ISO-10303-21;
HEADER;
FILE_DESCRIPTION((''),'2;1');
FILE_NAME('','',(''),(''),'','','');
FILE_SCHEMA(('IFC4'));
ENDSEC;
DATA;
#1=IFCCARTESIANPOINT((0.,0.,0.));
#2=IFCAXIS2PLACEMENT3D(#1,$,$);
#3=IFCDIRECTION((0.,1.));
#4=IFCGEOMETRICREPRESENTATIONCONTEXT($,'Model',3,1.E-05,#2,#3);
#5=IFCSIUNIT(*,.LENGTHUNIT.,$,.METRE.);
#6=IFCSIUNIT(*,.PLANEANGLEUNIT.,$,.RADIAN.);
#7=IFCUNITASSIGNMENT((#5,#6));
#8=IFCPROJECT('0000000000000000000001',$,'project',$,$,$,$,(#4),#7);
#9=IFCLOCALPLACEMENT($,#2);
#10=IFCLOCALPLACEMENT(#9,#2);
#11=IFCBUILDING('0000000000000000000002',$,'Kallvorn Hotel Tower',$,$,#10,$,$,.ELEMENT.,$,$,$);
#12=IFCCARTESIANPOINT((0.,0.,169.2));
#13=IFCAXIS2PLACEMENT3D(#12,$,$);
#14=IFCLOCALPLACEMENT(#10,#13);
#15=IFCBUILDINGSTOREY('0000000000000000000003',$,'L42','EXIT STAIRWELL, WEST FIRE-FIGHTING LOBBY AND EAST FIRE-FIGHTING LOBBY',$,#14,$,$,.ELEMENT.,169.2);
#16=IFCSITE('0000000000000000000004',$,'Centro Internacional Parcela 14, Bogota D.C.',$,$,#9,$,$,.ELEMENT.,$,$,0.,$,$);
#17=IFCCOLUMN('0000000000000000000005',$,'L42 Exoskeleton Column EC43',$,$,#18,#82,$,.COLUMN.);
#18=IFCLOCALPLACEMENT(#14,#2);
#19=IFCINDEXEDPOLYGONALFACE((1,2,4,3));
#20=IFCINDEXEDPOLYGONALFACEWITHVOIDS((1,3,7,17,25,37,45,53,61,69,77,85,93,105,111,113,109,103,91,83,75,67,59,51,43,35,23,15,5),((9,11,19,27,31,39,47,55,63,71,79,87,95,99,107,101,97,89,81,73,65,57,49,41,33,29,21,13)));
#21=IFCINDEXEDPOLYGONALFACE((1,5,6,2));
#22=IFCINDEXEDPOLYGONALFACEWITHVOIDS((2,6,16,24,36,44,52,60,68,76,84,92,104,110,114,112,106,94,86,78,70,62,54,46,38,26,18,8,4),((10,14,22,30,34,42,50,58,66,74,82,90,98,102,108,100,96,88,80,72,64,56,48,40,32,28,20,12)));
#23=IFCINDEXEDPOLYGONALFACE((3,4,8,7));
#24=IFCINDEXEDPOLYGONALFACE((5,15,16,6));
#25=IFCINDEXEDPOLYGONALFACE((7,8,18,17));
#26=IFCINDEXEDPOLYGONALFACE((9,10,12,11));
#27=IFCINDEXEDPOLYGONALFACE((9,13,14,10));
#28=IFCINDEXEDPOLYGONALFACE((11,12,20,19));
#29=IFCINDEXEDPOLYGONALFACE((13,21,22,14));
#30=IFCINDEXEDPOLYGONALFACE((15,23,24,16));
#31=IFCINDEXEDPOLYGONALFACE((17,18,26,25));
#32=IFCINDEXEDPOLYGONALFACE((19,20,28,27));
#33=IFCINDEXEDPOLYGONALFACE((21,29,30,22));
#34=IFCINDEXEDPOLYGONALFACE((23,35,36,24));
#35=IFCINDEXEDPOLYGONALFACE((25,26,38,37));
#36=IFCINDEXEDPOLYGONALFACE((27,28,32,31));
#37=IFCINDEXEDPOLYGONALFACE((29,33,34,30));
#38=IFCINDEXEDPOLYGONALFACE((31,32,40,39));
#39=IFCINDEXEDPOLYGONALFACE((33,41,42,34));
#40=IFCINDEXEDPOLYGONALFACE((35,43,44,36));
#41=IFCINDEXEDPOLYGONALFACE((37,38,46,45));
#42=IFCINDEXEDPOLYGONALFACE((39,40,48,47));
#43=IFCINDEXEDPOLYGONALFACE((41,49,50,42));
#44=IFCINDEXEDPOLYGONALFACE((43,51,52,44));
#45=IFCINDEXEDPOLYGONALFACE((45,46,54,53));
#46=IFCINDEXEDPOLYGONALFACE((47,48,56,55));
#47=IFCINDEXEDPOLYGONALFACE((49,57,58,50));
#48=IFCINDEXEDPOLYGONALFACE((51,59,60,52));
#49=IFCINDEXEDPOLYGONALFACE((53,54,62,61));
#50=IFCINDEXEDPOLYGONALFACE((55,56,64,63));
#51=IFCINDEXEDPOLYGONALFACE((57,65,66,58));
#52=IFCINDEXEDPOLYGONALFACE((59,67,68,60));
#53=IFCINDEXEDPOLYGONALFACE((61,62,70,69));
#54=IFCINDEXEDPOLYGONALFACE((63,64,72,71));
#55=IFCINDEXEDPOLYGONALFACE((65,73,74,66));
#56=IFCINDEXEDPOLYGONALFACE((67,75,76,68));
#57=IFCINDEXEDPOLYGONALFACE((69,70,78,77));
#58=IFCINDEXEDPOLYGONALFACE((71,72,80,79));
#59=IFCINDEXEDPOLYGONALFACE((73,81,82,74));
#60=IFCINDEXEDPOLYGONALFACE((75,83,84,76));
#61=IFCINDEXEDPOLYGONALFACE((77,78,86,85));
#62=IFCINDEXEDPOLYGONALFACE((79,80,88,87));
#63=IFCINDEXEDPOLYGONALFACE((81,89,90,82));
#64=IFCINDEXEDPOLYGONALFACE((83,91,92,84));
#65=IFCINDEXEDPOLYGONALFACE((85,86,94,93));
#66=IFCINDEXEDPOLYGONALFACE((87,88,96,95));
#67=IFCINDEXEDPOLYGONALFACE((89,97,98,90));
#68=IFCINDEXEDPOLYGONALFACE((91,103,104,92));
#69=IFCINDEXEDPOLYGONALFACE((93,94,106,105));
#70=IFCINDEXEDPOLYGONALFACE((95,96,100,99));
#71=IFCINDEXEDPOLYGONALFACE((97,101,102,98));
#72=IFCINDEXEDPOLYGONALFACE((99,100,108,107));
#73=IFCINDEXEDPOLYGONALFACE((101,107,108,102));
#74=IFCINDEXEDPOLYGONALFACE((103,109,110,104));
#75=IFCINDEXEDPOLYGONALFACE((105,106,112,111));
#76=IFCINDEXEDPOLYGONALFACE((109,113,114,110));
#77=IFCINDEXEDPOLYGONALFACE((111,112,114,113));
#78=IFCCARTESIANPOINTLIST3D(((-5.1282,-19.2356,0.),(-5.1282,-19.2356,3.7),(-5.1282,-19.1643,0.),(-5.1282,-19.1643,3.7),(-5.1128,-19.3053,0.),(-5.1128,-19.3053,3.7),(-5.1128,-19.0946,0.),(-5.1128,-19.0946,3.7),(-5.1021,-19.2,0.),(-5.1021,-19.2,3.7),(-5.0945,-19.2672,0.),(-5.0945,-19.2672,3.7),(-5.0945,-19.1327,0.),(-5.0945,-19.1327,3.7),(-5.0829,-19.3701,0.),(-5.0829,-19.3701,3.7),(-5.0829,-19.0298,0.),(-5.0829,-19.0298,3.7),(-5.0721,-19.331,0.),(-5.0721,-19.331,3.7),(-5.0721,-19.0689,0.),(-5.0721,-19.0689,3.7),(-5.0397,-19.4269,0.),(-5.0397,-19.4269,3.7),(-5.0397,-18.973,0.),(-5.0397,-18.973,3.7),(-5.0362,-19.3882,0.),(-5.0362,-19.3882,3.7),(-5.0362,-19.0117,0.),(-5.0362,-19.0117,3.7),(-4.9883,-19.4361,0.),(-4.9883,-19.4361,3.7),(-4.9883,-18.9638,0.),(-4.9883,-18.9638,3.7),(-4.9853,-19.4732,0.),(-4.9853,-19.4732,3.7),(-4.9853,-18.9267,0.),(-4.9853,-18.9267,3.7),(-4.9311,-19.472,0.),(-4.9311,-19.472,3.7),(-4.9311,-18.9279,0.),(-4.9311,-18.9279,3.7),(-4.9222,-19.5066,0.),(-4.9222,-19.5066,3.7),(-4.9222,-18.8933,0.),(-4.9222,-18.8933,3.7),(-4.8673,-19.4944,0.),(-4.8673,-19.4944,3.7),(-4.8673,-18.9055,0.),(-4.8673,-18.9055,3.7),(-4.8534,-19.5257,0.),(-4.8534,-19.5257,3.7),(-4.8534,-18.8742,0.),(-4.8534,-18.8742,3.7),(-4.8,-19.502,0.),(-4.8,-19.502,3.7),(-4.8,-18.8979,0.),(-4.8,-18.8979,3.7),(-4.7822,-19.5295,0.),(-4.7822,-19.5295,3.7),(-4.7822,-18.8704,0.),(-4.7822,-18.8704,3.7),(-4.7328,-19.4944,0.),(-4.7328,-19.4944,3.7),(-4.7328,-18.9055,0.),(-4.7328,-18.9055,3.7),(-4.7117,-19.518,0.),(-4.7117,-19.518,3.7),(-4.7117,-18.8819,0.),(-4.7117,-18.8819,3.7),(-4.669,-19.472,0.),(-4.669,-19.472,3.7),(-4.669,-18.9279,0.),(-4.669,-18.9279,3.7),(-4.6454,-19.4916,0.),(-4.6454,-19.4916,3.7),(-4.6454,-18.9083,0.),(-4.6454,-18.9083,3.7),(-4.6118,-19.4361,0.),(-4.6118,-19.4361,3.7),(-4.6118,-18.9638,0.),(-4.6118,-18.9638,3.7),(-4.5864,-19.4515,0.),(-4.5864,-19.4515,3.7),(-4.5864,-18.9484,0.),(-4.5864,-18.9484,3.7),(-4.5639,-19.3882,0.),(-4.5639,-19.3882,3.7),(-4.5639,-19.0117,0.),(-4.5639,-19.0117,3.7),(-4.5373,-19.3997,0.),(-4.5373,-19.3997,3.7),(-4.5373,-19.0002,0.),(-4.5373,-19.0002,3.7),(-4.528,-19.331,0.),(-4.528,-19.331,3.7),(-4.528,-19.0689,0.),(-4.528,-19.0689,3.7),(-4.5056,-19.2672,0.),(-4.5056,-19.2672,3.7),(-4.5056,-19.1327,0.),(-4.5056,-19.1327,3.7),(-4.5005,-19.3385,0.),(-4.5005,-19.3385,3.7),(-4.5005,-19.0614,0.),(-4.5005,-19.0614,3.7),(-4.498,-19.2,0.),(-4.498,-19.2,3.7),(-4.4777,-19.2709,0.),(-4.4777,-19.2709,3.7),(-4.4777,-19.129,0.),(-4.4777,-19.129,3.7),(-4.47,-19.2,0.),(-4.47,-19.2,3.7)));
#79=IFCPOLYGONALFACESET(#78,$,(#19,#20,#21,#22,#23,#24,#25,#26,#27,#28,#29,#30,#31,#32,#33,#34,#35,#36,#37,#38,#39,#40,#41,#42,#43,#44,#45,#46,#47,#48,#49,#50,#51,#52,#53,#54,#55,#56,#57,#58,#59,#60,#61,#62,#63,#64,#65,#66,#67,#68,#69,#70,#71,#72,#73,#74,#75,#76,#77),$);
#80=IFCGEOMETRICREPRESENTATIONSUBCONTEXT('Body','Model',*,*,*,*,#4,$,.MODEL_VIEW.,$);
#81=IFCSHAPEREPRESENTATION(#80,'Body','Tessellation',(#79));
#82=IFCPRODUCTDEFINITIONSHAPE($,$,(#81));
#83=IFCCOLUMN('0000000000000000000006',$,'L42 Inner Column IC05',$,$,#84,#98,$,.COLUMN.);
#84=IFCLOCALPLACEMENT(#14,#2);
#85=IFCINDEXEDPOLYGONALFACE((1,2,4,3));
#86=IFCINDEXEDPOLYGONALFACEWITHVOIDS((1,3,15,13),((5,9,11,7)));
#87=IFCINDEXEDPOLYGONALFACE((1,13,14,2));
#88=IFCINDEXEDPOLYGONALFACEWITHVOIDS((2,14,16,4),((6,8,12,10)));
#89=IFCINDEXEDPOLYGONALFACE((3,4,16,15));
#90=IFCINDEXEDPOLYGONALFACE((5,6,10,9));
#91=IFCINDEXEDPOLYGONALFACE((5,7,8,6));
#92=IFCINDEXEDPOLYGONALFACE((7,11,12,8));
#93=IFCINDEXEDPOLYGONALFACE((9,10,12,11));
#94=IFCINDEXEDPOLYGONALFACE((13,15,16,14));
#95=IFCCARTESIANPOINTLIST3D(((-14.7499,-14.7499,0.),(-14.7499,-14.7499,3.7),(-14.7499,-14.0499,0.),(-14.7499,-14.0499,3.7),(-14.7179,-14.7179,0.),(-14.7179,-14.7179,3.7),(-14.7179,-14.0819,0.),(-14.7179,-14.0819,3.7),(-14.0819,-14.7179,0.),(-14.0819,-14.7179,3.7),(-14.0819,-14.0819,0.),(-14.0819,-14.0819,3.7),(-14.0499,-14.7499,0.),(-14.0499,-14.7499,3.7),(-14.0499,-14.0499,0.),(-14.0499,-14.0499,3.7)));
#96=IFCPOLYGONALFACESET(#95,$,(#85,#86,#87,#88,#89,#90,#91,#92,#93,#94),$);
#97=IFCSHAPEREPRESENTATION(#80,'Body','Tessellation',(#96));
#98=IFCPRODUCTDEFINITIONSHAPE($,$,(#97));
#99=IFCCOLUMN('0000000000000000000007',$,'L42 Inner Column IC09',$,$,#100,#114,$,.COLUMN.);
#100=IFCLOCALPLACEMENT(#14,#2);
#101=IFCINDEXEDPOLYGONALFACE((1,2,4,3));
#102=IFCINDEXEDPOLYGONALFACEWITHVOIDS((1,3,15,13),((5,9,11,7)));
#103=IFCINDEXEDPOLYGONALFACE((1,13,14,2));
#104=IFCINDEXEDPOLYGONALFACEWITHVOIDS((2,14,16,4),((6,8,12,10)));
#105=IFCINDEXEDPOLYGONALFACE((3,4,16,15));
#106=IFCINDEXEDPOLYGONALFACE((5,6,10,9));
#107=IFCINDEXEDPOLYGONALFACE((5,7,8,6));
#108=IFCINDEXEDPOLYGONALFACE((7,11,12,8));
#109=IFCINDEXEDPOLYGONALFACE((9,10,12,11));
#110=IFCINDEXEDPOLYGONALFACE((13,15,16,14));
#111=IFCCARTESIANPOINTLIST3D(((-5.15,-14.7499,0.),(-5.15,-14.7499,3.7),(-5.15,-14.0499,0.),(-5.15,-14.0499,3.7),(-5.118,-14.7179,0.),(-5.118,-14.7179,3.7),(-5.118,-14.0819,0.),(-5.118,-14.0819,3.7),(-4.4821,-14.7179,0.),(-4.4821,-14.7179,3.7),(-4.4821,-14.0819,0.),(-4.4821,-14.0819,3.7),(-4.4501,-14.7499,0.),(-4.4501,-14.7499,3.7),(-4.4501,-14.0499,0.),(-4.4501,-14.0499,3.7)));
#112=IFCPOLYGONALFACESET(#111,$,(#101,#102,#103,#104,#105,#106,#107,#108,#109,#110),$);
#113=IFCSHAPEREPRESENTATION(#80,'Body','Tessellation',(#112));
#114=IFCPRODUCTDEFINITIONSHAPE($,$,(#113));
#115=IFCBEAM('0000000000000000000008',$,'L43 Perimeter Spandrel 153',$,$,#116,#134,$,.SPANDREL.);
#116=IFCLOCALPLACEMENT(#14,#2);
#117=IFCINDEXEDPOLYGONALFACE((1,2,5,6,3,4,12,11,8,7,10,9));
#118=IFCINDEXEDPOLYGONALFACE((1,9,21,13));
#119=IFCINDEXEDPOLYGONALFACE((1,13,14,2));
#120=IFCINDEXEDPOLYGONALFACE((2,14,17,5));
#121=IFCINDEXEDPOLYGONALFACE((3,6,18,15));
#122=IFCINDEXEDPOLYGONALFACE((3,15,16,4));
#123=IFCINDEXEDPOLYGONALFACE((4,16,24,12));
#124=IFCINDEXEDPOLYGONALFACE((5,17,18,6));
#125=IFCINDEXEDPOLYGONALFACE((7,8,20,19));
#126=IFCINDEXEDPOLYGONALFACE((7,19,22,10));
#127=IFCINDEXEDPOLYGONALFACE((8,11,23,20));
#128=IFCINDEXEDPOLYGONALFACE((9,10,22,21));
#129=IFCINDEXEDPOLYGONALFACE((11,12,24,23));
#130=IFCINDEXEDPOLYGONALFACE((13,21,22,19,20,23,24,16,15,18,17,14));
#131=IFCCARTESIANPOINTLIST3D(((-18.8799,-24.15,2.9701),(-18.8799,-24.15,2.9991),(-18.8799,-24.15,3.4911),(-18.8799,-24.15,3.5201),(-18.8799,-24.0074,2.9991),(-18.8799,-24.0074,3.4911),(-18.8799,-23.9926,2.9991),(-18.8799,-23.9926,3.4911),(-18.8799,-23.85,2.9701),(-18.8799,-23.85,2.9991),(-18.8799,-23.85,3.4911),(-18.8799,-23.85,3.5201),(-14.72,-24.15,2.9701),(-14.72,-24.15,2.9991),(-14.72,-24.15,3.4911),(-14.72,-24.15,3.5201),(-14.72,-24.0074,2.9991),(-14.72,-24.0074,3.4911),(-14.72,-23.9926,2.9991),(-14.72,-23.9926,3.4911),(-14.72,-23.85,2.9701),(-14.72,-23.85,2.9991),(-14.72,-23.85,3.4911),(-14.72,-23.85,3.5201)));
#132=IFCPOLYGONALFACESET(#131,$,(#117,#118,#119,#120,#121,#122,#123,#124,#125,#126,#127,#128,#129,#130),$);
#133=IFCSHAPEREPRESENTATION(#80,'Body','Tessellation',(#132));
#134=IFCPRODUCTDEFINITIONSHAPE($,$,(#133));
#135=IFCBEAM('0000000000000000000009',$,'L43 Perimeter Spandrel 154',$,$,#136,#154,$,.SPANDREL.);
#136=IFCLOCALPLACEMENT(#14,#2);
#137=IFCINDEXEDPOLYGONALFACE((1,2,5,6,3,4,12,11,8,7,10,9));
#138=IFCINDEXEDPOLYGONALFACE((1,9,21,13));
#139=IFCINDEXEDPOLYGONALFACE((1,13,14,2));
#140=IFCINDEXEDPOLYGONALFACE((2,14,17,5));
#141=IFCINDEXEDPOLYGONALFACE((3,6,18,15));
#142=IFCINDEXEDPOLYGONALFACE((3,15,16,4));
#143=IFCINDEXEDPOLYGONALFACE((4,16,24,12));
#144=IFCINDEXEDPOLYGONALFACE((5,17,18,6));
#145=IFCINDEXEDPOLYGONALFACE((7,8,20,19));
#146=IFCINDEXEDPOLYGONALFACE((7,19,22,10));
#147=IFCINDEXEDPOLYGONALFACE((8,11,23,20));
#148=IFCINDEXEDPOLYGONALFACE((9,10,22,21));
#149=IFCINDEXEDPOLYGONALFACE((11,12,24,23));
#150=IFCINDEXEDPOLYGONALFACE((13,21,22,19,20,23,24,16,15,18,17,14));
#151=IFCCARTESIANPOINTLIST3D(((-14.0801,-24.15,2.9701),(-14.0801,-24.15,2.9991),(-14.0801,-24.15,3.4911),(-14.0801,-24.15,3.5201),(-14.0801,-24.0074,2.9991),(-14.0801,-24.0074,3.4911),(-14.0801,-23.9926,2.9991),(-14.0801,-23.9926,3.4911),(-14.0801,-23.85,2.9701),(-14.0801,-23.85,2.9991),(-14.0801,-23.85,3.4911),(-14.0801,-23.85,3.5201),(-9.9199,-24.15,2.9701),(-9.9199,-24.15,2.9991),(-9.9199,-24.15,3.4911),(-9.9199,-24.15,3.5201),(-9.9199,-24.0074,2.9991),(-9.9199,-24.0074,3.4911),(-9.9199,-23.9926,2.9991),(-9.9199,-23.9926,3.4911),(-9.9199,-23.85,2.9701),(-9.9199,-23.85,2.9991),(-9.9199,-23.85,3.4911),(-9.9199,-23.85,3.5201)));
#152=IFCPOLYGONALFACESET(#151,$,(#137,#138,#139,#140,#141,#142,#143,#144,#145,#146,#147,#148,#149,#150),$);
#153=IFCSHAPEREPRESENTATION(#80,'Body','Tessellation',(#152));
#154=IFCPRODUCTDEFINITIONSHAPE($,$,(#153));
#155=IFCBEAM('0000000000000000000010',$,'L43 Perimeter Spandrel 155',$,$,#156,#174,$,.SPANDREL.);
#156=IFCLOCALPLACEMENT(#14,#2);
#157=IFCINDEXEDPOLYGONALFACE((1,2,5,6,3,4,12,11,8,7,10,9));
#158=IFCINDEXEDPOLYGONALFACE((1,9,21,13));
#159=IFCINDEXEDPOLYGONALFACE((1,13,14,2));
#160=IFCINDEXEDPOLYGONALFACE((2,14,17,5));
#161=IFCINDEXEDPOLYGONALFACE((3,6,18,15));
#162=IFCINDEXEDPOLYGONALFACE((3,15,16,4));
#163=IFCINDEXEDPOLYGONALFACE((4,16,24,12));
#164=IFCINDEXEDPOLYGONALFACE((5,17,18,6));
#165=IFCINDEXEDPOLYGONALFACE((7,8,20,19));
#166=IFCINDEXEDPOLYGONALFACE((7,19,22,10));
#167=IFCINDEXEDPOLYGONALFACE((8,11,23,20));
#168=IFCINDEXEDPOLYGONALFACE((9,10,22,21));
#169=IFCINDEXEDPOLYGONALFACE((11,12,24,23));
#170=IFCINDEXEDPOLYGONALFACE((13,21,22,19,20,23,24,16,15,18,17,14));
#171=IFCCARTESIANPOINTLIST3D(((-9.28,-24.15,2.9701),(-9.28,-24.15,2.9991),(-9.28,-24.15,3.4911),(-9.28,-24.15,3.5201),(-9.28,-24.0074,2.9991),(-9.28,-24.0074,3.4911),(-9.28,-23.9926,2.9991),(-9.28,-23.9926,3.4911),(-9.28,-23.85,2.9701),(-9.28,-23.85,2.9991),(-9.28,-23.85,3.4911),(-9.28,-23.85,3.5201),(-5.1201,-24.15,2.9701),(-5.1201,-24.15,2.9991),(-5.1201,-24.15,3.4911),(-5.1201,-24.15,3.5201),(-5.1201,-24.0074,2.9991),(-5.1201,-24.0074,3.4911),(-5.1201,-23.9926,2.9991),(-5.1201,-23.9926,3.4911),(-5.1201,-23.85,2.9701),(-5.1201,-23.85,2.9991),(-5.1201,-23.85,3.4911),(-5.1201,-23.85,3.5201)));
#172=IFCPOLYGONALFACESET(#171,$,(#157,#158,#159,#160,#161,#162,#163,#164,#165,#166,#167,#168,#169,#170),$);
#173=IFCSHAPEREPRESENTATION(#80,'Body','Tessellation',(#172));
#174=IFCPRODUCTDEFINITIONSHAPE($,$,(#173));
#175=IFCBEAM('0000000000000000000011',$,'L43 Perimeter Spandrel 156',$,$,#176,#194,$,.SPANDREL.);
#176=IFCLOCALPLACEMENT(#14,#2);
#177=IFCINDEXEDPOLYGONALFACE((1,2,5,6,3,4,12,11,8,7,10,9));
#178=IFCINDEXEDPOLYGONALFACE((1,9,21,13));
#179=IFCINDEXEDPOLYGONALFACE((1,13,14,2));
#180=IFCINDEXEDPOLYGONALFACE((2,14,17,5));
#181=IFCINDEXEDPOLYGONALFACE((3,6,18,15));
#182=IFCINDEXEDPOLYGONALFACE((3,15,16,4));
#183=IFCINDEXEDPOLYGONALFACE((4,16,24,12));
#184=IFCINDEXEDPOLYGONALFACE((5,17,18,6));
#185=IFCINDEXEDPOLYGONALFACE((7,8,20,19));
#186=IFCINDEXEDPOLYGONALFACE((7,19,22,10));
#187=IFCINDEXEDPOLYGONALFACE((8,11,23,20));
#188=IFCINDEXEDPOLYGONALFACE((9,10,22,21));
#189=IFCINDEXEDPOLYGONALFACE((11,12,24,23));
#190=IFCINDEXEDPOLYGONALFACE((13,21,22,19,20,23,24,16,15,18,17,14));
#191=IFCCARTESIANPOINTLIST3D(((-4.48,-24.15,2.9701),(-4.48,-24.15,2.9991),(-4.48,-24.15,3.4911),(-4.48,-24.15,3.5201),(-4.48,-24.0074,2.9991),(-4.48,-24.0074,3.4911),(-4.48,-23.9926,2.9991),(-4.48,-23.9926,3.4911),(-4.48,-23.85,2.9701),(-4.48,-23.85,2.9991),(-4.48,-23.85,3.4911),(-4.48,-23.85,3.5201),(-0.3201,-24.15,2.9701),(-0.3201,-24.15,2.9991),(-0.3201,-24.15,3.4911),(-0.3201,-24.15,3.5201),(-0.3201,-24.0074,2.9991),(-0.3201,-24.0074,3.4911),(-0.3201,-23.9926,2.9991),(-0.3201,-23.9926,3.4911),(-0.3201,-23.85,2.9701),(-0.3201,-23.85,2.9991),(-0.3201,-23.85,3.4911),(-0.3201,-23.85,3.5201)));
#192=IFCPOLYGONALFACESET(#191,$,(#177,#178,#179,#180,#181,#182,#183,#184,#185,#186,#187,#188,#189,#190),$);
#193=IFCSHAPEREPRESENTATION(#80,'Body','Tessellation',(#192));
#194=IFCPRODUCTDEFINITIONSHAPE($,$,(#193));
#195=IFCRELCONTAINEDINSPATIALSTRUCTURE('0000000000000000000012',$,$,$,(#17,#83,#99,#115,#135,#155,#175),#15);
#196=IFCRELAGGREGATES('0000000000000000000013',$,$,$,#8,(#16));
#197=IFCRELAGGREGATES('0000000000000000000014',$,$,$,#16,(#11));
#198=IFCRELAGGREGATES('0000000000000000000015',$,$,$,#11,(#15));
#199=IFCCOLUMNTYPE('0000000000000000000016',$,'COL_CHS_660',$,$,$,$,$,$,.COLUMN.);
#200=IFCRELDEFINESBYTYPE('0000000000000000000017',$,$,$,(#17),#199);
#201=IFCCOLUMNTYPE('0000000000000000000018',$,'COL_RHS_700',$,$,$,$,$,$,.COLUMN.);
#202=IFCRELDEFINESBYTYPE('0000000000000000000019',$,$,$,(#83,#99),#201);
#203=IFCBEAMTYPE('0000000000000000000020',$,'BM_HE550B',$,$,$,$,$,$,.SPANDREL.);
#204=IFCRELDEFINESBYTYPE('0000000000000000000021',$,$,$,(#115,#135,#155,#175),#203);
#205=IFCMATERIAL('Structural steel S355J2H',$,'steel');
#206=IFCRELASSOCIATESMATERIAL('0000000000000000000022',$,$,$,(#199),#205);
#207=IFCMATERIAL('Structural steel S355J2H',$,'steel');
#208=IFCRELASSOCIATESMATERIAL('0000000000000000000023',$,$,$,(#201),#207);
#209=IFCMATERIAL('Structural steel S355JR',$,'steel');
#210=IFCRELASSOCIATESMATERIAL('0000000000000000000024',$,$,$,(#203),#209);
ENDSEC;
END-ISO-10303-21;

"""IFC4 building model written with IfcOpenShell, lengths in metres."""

from ifc_helpers import new_model, si_unit, direction, frame, origin, origin_2d, place, context, subcontext, project, spatial, hollow_rectangle, hollow_circle, i_section, extrude, material, material_profile, profile_set, type_object, element, save


model = new_model("IFC4")

# Units and contexts
model_context = context("Model", 3, precision=1e-05, world=origin(), true_north=direction((0.0, 1.0)))
body_context = subcontext(model_context, "Body", "Model", "MODEL_VIEW")
ifc_project = project(units=[si_unit("LENGTHUNIT", "METRE"), si_unit("PLANEANGLEUNIT", "RADIAN")], contexts=[model_context])

# Site, building, storey
site_placement = place(None, origin())
site = spatial("IfcSite", under=ifc_project, at=site_placement, Name="Centro Internacional Parcela 14, Bogota D.C.", CompositionType="ELEMENT", RefElevation=0.0)
building_placement = place(site_placement, origin())
building = spatial("IfcBuilding", under=site, at=building_placement, Name="Kallvorn Hotel Tower", CompositionType="ELEMENT")
storey_placement = place(building_placement, frame((0.0, 0.0, 169.2)))
storey = spatial("IfcBuildingStorey", under=building, at=storey_placement, Name="L42", Description="EXIT STAIRWELL, WEST FIRE-FIGHTING LOBBY AND EAST FIRE-FIGHTING LOBBY", CompositionType="ELEMENT", Elevation=169.2)

# Columns
ifc_material_1 = material(Name="Structural steel S355J2H", Category="steel")
ifc_material_profile_1 = material_profile(ifc_material_1, hollow_circle(Radius=0.3301, WallThickness=0.0281, at=origin_2d()), Name="CHS 660x28")
ifc_profile_set_1 = profile_set([ifc_material_profile_1], Name="Structural steel S355J2H")
column_type_1 = type_object("IfcColumnType", Name="COL_CHS_660", PredefinedType="COLUMN", material=ifc_profile_set_1)
for number, where, z_axis, x_axis, name in (
    (1, (-4.8, -19.2, 0.0), (0.0, 0.0, 1.0), (1.0, 0.0, 0.0), "L42 Exoskeleton Column EC43"),
):
    element("IfcColumn", number, at=place(storey_placement, frame(where, z_axis=z_axis, x_axis=x_axis)), inside=storey, type_object=column_type_1, Name=name, PredefinedType="COLUMN", context=body_context, shape_type="SweptSolid", body=[
        extrude(hollow_circle(Radius=0.3301, WallThickness=0.0281, at=origin_2d()), origin(), (0.0, 0.0, 1.0), 3.7),
    ])
ifc_material_2 = material(Name="Structural steel S355J2H", Category="steel")
ifc_material_profile_2 = material_profile(ifc_material_2, hollow_rectangle(XDim=0.7, YDim=0.7, WallThickness=0.032, at=origin_2d()), Name="RHS 700x700x32")
ifc_profile_set_2 = profile_set([ifc_material_profile_2], Name="Structural steel S355J2H")
column_type_2 = type_object("IfcColumnType", Name="COL_RHS_700", PredefinedType="COLUMN", material=ifc_profile_set_2)
for number, where, z_axis, x_axis, name in (
    (2, (-14.3999, -14.3999, 0.0), (0.0, 0.0, 1.0), (1.0, 0.0, 0.0), "L42 Inner Column IC05"),
    (3, (-4.8, -14.3999, 0.0), (0.0, 0.0, 1.0), (1.0, 0.0, 0.0), "L42 Inner Column IC09"),
):
    element("IfcColumn", number, at=place(storey_placement, frame(where, z_axis=z_axis, x_axis=x_axis)), inside=storey, type_object=column_type_2, Name=name, PredefinedType="COLUMN", context=body_context, shape_type="SweptSolid", body=[
        extrude(hollow_rectangle(XDim=0.7, YDim=0.7, WallThickness=0.032, at=origin_2d()), origin(), (0.0, 0.0, 1.0), 3.7),
    ])

# Beams
ifc_material_3 = material(Name="Structural steel S355JR", Category="steel")
ifc_material_profile_3 = material_profile(ifc_material_3, i_section(OverallWidth=0.3, OverallDepth=0.55, WebThickness=0.0149, FlangeThickness=0.0291, at=origin_2d()), Name="HE 550 B")
ifc_profile_set_3 = profile_set([ifc_material_profile_3], Name="Structural steel S355JR")
beam_type_1 = type_object("IfcBeamType", Name="BM_HE550B", PredefinedType="SPANDREL", material=ifc_profile_set_3)
beam_1_placement = place(storey_placement, frame((-18.8799, -24.0, 3.2451), z_axis=(1.0, 0.0, 0.0), x_axis=(0.0, 1.0, 0.0)))
element("IfcBeam", 4, at=beam_1_placement, inside=storey, type_object=beam_type_1, Name="L43 Perimeter Spandrel 153", PredefinedType="SPANDREL", context=body_context, shape_type="SweptSolid", body=[
    extrude(i_section(OverallWidth=0.3, OverallDepth=0.55, WebThickness=0.0149, FlangeThickness=0.0291, at=origin_2d()), origin(), (0.0, 0.0, 1.0), 4.1599),
])
beam_2_placement = place(storey_placement, frame((-14.0801, -24.0, 3.2451), z_axis=(1.0, 0.0, 0.0), x_axis=(0.0, 1.0, 0.0)))
element("IfcBeam", 5, at=beam_2_placement, inside=storey, type_object=beam_type_1, Name="L43 Perimeter Spandrel 154", PredefinedType="SPANDREL", context=body_context, shape_type="SweptSolid", body=[
    extrude(i_section(OverallWidth=0.3, OverallDepth=0.55, WebThickness=0.0149, FlangeThickness=0.0291, at=origin_2d()), origin(), (0.0, 0.0, 1.0), 4.1602),
])
for number, where, z_axis, x_axis, name in (
    (6, (-9.28, -24.0, 3.2451), (1.0, 0.0, 0.0), (0.0, 1.0, 0.0), "L43 Perimeter Spandrel 155"),
    (7, (-4.48, -24.0, 3.2451), (1.0, 0.0, 0.0), (0.0, 1.0, 0.0), "L43 Perimeter Spandrel 156"),
):
    element("IfcBeam", number, at=place(storey_placement, frame(where, z_axis=z_axis, x_axis=x_axis)), inside=storey, type_object=beam_type_1, Name=name, PredefinedType="SPANDREL", context=body_context, shape_type="SweptSolid", body=[
        extrude(i_section(OverallWidth=0.3, OverallDepth=0.55, WebThickness=0.0149, FlangeThickness=0.0291, at=origin_2d()), origin(), (0.0, 0.0, 1.0), 4.1599),
    ])

save(model, "model.ifc")
